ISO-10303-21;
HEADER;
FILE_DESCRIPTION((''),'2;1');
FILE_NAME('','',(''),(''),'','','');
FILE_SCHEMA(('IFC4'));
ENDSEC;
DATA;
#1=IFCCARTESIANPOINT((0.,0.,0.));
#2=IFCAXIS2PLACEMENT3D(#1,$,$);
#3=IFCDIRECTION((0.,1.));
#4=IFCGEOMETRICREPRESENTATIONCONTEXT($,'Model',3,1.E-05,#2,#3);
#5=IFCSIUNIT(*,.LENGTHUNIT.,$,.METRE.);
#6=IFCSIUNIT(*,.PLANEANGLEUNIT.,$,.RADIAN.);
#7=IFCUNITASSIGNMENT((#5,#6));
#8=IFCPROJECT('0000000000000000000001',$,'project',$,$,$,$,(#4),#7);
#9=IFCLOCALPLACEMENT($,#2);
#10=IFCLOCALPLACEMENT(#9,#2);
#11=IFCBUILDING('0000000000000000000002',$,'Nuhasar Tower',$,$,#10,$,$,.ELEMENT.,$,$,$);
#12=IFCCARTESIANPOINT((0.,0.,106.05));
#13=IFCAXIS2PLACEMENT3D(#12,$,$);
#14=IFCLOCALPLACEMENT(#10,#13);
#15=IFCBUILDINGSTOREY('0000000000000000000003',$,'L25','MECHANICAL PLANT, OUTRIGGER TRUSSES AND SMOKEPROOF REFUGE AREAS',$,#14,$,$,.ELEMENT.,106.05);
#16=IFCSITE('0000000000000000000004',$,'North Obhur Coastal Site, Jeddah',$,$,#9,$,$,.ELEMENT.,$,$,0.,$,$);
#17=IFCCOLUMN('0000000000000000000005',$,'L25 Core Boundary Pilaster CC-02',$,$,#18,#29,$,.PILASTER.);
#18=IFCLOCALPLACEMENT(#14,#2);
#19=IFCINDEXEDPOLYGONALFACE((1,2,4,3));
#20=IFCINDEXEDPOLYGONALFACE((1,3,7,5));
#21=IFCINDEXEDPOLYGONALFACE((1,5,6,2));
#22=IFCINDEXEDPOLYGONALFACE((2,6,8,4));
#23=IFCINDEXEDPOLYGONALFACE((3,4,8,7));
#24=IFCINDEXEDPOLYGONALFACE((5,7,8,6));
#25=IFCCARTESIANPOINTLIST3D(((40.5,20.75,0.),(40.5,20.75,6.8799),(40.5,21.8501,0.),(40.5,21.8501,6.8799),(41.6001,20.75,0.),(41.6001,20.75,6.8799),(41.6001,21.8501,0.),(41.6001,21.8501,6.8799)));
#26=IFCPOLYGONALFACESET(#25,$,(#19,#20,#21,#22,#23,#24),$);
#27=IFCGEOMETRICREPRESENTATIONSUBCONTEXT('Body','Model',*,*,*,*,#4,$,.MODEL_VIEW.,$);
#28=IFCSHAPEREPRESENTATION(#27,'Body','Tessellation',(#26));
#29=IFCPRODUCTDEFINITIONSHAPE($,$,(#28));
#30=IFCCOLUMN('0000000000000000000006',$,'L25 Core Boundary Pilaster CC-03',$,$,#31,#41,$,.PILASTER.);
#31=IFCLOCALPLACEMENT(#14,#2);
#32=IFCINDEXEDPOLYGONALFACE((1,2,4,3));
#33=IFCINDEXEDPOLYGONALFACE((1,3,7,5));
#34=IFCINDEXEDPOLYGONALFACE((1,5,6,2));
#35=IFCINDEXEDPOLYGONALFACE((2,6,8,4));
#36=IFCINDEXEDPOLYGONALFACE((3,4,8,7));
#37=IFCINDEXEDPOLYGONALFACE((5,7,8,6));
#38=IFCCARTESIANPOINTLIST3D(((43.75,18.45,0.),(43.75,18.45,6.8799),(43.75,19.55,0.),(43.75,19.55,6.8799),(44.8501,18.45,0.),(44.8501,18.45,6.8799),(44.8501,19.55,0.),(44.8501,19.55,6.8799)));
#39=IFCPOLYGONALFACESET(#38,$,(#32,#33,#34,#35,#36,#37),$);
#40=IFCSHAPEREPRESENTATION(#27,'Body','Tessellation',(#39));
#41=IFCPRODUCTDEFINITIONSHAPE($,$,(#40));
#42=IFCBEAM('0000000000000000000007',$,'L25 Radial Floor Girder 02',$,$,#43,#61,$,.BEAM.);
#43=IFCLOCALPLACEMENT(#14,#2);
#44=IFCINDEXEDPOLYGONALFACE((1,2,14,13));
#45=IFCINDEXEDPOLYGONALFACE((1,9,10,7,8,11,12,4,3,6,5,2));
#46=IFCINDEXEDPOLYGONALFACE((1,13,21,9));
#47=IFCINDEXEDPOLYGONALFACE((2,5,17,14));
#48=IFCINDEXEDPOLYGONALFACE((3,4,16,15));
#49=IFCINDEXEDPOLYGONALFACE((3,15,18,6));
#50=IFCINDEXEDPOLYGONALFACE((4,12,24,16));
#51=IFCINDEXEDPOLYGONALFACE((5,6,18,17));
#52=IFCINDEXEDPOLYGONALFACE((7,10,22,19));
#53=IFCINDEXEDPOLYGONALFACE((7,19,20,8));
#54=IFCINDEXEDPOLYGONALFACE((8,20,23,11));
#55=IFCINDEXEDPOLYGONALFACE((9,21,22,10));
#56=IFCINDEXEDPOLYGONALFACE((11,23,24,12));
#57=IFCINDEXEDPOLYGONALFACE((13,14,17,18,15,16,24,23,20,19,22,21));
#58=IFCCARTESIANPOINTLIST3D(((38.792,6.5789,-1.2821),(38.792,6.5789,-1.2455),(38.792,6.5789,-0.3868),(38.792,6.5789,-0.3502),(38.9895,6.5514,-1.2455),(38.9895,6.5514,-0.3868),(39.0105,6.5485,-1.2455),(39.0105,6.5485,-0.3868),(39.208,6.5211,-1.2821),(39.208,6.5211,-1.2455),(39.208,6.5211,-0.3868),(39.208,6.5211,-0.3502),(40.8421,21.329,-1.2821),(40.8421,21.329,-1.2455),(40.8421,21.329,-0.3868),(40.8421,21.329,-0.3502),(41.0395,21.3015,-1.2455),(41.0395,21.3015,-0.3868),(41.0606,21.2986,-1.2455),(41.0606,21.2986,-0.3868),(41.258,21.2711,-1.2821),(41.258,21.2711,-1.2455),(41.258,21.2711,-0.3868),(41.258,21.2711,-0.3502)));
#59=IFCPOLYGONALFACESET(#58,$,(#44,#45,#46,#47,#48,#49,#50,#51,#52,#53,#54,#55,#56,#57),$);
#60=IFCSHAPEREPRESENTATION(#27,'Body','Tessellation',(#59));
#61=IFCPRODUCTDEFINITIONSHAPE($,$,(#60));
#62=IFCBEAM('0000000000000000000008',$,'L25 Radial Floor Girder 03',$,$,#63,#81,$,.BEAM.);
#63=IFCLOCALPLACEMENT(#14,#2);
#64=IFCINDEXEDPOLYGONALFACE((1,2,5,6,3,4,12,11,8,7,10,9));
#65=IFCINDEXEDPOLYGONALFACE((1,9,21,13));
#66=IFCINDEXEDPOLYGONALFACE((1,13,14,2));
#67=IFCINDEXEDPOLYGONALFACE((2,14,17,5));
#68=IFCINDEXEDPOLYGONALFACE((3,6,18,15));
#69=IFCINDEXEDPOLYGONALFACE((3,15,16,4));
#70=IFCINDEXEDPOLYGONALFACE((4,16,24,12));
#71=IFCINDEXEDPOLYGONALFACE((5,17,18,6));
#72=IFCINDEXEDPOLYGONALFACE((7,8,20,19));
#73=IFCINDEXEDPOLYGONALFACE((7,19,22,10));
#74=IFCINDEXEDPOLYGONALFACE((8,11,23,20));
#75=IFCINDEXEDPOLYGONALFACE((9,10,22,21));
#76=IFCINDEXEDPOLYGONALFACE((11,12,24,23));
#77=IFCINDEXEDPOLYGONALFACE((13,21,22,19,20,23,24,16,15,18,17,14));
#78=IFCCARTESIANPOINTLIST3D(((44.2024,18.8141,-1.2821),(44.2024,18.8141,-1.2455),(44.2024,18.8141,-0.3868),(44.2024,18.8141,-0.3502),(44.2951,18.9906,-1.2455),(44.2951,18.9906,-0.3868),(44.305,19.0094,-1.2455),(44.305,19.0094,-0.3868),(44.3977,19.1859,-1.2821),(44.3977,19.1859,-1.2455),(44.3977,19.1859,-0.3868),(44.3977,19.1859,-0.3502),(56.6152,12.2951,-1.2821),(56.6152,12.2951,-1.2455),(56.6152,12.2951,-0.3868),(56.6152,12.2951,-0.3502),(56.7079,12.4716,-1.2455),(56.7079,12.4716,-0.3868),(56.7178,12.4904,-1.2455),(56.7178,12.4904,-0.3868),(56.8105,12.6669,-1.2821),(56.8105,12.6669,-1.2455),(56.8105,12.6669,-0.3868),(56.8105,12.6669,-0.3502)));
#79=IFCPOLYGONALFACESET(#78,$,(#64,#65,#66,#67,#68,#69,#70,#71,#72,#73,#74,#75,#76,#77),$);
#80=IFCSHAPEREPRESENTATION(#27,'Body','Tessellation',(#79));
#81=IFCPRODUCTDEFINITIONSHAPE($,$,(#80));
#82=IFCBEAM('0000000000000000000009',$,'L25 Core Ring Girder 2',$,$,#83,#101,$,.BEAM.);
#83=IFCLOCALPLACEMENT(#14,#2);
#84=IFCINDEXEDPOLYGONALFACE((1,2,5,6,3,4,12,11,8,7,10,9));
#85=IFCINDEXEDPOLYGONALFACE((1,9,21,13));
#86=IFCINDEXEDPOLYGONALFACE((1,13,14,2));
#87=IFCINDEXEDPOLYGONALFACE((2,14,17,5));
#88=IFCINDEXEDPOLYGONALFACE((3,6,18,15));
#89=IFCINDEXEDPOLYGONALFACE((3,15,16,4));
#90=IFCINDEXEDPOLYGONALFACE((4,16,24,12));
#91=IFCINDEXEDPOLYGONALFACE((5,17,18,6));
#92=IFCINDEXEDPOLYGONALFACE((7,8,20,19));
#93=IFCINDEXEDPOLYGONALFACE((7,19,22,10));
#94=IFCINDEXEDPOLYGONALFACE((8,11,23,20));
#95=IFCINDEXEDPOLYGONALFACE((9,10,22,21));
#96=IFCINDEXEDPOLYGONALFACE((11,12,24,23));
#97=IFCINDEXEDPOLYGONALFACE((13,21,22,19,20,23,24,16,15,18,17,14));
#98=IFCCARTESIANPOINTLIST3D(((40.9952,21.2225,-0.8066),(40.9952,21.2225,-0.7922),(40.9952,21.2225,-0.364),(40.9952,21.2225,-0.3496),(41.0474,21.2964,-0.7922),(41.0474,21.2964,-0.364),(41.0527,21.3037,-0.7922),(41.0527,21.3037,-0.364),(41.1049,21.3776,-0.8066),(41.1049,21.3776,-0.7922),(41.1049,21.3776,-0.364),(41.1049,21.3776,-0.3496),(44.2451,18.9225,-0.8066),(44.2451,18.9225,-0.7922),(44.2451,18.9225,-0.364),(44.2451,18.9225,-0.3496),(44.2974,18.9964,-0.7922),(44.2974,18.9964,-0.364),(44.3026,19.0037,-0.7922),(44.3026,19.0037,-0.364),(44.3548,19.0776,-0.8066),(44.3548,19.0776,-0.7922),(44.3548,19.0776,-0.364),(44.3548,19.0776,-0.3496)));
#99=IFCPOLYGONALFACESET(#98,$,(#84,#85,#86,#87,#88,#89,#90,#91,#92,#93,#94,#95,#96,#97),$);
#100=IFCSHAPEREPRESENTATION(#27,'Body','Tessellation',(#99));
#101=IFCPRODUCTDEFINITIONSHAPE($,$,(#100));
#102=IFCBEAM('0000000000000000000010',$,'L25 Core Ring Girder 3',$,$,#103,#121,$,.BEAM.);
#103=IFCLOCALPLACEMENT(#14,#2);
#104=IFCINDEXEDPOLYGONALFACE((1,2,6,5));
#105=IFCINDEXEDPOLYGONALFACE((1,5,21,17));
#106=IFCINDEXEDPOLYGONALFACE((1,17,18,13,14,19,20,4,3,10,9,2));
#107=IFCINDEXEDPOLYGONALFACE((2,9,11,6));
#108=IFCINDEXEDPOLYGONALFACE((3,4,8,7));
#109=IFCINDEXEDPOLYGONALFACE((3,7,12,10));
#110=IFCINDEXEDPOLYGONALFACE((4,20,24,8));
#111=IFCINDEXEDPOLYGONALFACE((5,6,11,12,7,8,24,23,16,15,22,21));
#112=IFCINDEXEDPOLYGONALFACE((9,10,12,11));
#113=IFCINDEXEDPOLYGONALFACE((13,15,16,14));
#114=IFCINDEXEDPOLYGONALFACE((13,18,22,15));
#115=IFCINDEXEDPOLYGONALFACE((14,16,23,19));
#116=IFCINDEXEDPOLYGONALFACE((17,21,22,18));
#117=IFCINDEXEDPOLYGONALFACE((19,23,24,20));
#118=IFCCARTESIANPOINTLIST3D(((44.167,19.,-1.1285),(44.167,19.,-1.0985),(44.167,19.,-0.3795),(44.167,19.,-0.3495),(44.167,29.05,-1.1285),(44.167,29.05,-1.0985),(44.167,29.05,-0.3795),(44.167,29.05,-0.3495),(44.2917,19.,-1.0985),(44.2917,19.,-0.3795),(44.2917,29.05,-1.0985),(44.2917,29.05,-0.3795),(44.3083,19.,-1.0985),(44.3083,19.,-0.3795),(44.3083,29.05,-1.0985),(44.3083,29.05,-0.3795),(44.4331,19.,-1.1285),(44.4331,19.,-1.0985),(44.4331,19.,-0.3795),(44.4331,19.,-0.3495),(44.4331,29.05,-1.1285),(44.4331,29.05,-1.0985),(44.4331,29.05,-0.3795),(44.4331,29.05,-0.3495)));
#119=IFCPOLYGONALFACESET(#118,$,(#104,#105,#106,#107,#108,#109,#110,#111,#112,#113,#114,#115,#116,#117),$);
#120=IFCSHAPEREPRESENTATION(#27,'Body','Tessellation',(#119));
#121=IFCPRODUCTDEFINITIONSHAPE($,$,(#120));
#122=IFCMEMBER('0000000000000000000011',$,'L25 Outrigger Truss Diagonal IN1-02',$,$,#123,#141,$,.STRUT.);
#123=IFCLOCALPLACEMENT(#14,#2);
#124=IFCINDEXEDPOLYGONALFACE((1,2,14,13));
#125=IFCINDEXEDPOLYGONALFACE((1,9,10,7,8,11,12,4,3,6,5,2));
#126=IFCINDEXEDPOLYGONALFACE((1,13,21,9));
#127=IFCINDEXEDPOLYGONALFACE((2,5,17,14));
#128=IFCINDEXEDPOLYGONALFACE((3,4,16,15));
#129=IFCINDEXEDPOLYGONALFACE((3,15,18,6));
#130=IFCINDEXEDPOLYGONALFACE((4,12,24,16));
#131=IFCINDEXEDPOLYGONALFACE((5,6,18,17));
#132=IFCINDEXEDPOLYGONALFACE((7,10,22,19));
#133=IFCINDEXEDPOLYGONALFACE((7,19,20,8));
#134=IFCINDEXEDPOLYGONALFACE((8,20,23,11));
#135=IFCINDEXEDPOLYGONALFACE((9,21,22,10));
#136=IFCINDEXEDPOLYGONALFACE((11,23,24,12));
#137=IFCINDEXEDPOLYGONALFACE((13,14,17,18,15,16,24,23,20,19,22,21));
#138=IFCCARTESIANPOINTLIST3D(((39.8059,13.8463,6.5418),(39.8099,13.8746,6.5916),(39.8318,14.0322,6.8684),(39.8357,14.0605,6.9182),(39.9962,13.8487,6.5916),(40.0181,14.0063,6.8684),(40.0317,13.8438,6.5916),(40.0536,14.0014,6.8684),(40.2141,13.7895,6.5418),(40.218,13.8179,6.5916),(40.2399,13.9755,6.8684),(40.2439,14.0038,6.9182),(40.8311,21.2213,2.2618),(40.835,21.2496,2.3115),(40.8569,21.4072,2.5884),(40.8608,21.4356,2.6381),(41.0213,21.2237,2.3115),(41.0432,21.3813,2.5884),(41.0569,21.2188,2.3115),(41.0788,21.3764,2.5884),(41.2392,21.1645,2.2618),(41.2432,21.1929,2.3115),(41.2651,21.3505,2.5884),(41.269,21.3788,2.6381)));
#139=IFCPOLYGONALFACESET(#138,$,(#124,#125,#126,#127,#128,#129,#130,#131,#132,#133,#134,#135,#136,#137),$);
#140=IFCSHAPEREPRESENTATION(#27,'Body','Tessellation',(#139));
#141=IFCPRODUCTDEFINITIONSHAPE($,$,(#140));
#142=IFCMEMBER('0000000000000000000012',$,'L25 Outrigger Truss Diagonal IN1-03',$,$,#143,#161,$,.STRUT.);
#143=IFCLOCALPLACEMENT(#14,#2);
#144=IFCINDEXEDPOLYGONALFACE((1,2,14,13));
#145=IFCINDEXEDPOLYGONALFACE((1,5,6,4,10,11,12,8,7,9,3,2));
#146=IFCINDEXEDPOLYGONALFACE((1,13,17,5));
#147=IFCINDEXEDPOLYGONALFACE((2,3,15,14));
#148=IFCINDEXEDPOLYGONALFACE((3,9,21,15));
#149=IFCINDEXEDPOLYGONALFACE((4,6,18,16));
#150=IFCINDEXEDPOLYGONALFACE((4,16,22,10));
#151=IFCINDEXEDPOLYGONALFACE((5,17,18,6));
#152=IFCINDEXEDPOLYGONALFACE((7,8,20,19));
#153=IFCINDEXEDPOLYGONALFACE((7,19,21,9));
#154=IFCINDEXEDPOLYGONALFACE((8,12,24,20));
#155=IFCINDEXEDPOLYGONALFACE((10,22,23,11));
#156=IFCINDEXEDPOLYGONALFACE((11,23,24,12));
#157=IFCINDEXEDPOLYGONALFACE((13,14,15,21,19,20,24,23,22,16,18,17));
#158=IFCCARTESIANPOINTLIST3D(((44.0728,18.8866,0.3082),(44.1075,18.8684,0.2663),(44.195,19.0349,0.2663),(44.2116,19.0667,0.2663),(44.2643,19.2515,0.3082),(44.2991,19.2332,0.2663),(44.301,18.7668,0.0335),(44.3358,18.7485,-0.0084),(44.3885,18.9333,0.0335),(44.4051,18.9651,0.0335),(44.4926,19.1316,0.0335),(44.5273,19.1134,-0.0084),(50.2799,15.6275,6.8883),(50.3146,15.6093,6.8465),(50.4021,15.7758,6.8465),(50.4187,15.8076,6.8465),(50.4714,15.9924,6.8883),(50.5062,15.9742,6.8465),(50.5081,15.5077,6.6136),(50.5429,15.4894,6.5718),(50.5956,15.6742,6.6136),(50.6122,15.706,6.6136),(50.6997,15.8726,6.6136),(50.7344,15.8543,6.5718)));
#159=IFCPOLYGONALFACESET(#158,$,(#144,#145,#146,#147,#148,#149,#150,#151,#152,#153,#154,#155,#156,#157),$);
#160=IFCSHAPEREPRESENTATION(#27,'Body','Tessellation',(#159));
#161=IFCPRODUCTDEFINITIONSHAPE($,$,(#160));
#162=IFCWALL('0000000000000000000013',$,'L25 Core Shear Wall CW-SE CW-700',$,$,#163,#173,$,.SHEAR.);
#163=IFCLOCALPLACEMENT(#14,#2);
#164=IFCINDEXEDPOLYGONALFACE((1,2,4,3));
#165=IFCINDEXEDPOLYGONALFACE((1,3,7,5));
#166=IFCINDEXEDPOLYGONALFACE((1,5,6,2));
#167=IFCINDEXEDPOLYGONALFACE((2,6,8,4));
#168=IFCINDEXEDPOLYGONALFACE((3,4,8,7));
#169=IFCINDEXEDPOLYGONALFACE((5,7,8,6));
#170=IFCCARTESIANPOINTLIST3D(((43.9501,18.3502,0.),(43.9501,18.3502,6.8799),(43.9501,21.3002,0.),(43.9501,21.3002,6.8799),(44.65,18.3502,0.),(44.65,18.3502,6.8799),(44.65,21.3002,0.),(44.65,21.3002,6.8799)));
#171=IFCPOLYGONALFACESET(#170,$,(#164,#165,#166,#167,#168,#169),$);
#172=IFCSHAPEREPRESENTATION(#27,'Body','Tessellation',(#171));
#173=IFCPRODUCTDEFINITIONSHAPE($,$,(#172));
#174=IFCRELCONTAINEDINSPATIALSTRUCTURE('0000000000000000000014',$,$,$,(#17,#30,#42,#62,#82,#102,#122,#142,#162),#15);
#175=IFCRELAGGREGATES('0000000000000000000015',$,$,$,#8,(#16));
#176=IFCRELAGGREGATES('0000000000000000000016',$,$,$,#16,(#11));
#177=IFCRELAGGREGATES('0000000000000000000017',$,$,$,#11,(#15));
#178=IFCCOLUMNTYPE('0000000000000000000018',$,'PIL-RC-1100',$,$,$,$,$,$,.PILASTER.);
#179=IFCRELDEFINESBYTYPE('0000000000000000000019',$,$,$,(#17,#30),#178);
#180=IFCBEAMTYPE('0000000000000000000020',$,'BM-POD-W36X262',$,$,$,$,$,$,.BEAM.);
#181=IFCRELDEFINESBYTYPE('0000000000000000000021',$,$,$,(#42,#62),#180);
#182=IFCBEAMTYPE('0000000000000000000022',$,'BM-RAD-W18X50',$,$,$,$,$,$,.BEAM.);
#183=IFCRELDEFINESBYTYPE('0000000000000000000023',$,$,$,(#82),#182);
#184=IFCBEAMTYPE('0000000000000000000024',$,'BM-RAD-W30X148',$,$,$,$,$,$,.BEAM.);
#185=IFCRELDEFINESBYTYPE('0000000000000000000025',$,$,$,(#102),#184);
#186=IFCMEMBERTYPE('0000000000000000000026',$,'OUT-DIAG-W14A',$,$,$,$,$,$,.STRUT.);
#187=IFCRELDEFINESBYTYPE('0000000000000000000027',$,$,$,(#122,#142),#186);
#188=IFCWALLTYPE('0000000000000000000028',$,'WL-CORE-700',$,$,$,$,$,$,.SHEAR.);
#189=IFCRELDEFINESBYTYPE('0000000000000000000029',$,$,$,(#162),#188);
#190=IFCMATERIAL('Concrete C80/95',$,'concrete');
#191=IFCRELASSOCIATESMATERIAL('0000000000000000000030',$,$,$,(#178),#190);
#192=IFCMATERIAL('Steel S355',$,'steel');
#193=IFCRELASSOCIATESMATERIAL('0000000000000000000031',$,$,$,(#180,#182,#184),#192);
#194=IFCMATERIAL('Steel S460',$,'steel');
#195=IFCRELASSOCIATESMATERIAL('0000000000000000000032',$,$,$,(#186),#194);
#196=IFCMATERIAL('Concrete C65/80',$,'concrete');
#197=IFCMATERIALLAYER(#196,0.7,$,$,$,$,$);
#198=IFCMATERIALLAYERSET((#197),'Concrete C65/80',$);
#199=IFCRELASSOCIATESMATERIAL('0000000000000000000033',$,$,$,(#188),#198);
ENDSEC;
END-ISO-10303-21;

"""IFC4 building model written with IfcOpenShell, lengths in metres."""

from ifc_helpers import new_model, si_unit, direction, frame, frame_2d, origin, origin_2d, place, context, subcontext, project, spatial, rectangle, i_section, extrude, material, layer, layer_set, material_profile, profile_set, type_object, element, save


model = new_model("IFC4")

# Units and contexts
model_context = context("Model", 3, precision=1e-05, world=origin(), true_north=direction((0.0, 1.0)))
body_context = subcontext(model_context, "Body", "Model", "MODEL_VIEW")
ifc_project = project(units=[si_unit("LENGTHUNIT", "METRE"), si_unit("PLANEANGLEUNIT", "RADIAN")], contexts=[model_context])

# Site, building, storey
site_placement = place(None, origin())
site = spatial("IfcSite", under=ifc_project, at=site_placement, Name="North Obhur Coastal Site, Jeddah", CompositionType="ELEMENT", RefElevation=0.0)
building_placement = place(site_placement, origin())
building = spatial("IfcBuilding", under=site, at=building_placement, Name="Nuhasar Tower", CompositionType="ELEMENT")
storey_placement = place(building_placement, frame((0.0, 0.0, 106.05)))
storey = spatial("IfcBuildingStorey", under=building, at=storey_placement, Name="L25", Description="MECHANICAL PLANT, OUTRIGGER TRUSSES AND SMOKEPROOF REFUGE AREAS", CompositionType="ELEMENT", Elevation=106.05)

# Columns
ifc_material_1 = material(Name="Concrete C80/95", Category="concrete")
ifc_material_profile_1 = material_profile(ifc_material_1, rectangle(XDim=1.1001, YDim=1.1001, at=origin_2d()), Name="RC1100X1100")
ifc_profile_set_1 = profile_set([ifc_material_profile_1], Name="Concrete C80/95")
column_type = type_object("IfcColumnType", Name="PIL-RC-1100", PredefinedType="PILASTER", material=ifc_profile_set_1)
for number, where, z_axis, x_axis, name in (
    (1, (41.05, 21.3, 0.0), (0.0, 0.0, 1.0), (1.0, 0.0, 0.0), "L25 Core Boundary Pilaster CC-02"),
    (2, (44.3, 19.0, 0.0), (0.0, 0.0, 1.0), (1.0, 0.0, 0.0), "L25 Core Boundary Pilaster CC-03"),
):
    element("IfcColumn", number, at=place(storey_placement, frame(where, z_axis=z_axis, x_axis=x_axis)), inside=storey, type_object=column_type, Name=name, PredefinedType="PILASTER", context=body_context, shape_type="SweptSolid", body=[
        extrude(rectangle(XDim=1.1001, YDim=1.1001, at=origin_2d()), origin(), (0.0, 0.0, 1.0), 6.8799),
    ])

# Beams
ifc_material_2 = material(Name="Steel S355", Category="steel")
ifc_material_profile_2 = material_profile(ifc_material_2, i_section(OverallWidth=0.4199, OverallDepth=0.9319, WebThickness=0.0212, FlangeThickness=0.0366, at=origin_2d()), Name="W36X262")
ifc_profile_set_2 = profile_set([ifc_material_profile_2], Name="Steel S355")
beam_type_1 = type_object("IfcBeamType", Name="BM-POD-W36X262", PredefinedType="BEAM", material=ifc_profile_set_2)
beam_1_placement = place(storey_placement, frame((41.05, 21.3, -0.8162), z_axis=(-0.137663, -0.990479, 0.0), x_axis=(0.990479, -0.137663, 0.0)))
element("IfcBeam", 3, at=beam_1_placement, inside=storey, type_object=beam_type_1, Name="L25 Radial Floor Girder 02", PredefinedType="BEAM", context=body_context, shape_type="SweptSolid", body=[
    extrude(i_section(OverallWidth=0.4199, OverallDepth=0.9319, WebThickness=0.0212, FlangeThickness=0.0366, at=origin_2d()), origin(), (0.0, 0.0, 1.0), 14.8918),
])
beam_2_placement = place(storey_placement, frame((44.3, 19.0, -0.8162), z_axis=(0.88533, -0.464963, 0.0), x_axis=(0.464963, 0.88533, 0.0)))
element("IfcBeam", 4, at=beam_2_placement, inside=storey, type_object=beam_type_1, Name="L25 Radial Floor Girder 03", PredefinedType="BEAM", context=body_context, shape_type="SweptSolid", body=[
    extrude(i_section(OverallWidth=0.4199, OverallDepth=0.9319, WebThickness=0.0212, FlangeThickness=0.0366, at=origin_2d()), origin(), (0.0, 0.0, 1.0), 14.0205),
])
ifc_material_profile_3 = material_profile(ifc_material_2, i_section(OverallWidth=0.1899, OverallDepth=0.457, WebThickness=0.009, FlangeThickness=0.0144, at=origin_2d()), Name="W18X50")
ifc_profile_set_3 = profile_set([ifc_material_profile_3], Name="Steel S355")
beam_type_2 = type_object("IfcBeamType", Name="BM-RAD-W18X50", PredefinedType="BEAM", material=ifc_profile_set_3)
beam_3_placement = place(storey_placement, frame((41.05, 21.3, -0.5781), z_axis=(0.816265, -0.577677, 0.0), x_axis=(0.577677, 0.816265, 0.0)))
element("IfcBeam", 5, at=beam_3_placement, inside=storey, type_object=beam_type_2, Name="L25 Core Ring Girder 2", PredefinedType="BEAM", context=body_context, shape_type="SweptSolid", body=[
    extrude(i_section(OverallWidth=0.1899, OverallDepth=0.457, WebThickness=0.009, FlangeThickness=0.0144, at=origin_2d()), origin(), (0.0, 0.0, 1.0), 3.9814),
])
ifc_material_profile_4 = material_profile(ifc_material_2, i_section(OverallWidth=0.2661, OverallDepth=0.7791, WebThickness=0.0166, FlangeThickness=0.03, at=origin_2d()), Name="W30X148")
ifc_profile_set_4 = profile_set([ifc_material_profile_4], Name="Steel S355")
beam_type_3 = type_object("IfcBeamType", Name="BM-RAD-W30X148", PredefinedType="BEAM", material=ifc_profile_set_4)
beam_4_placement = place(storey_placement, frame((44.3, 19.0, -0.739), z_axis=(0.0, 1.0, 0.0), x_axis=(-1.0, 0.0, 0.0)))
element("IfcBeam", 6, at=beam_4_placement, inside=storey, type_object=beam_type_3, Name="L25 Core Ring Girder 3", PredefinedType="BEAM", context=body_context, shape_type="SweptSolid", body=[
    extrude(i_section(OverallWidth=0.2661, OverallDepth=0.7791, WebThickness=0.0166, FlangeThickness=0.03, at=origin_2d()), origin(), (0.0, 0.0, 1.0), 10.05),
])

# Members
ifc_material_3 = material(Name="Steel S460", Category="steel")
ifc_material_profile_5 = material_profile(ifc_material_3, i_section(OverallWidth=0.4121, OverallDepth=0.4341, WebThickness=0.0359, FlangeThickness=0.0574, at=origin_2d()), Name="W14X311")
ifc_profile_set_5 = profile_set([ifc_material_profile_5], Name="Steel S460")
member_type = type_object("IfcMemberType", Name="OUT-DIAG-W14A", PredefinedType="STRUT", material=ifc_profile_set_5)
member_1_placement = place(storey_placement, frame((41.05, 21.3, 2.45), z_axis=(-0.119364, -0.858719, 0.498351), x_axis=(0.990477, -0.137679, 0.0)))
element("IfcMember", 7, at=member_1_placement, inside=storey, type_object=member_type, Name="L25 Outrigger Truss Diagonal IN1-02", PredefinedType="STRUT", context=body_context, shape_type="SweptSolid", body=[
    extrude(i_section(OverallWidth=0.4121, OverallDepth=0.4341, WebThickness=0.0359, FlangeThickness=0.0574, at=origin_2d()), origin(), (0.0, 0.0, 1.0), 8.5884),
])
member_2_placement = place(storey_placement, frame((44.3, 19.0, 0.1499), z_axis=(0.645565, -0.338957, 0.684364), x_axis=(0.464872, 0.885378, 0.0)))
element("IfcMember", 8, at=member_2_placement, inside=storey, type_object=member_type, Name="L25 Outrigger Truss Diagonal IN1-03", PredefinedType="STRUT", context=body_context, shape_type="SweptSolid", body=[
    extrude(i_section(OverallWidth=0.4121, OverallDepth=0.4341, WebThickness=0.0359, FlangeThickness=0.0574, at=origin_2d()), origin(), (0.0, 0.0, 1.0), 9.615),
])

# Wall
ifc_material_4 = material(Name="Concrete C65/80", Category="concrete")
ifc_layer_1 = layer(ifc_material_4, 0.7)
ifc_layer_set_1 = layer_set([ifc_layer_1], Name="Concrete C65/80")
wall_type_1 = type_object("IfcWallType", Name="WL-CORE-700", PredefinedType="SHEAR", material=ifc_layer_set_1)
wall_1_placement = place(storey_placement, frame((44.3, 18.3501, 0.0), z_axis=(0.0, 0.0, 1.0), x_axis=(0.0, 1.0, 0.0)))
element("IfcWall", 9, at=wall_1_placement, inside=storey, type_object=wall_type_1, Name="L25 Core Shear Wall CW-SE CW-700", PredefinedType="SHEAR", context=body_context, shape_type="SweptSolid", body=[
    extrude(rectangle(XDim=2.95, YDim=0.7, at=frame_2d((1.4751, 0.0))), origin(), (0.0, 0.0, 1.0), 6.8799),
])

save(model, "model.ifc")
